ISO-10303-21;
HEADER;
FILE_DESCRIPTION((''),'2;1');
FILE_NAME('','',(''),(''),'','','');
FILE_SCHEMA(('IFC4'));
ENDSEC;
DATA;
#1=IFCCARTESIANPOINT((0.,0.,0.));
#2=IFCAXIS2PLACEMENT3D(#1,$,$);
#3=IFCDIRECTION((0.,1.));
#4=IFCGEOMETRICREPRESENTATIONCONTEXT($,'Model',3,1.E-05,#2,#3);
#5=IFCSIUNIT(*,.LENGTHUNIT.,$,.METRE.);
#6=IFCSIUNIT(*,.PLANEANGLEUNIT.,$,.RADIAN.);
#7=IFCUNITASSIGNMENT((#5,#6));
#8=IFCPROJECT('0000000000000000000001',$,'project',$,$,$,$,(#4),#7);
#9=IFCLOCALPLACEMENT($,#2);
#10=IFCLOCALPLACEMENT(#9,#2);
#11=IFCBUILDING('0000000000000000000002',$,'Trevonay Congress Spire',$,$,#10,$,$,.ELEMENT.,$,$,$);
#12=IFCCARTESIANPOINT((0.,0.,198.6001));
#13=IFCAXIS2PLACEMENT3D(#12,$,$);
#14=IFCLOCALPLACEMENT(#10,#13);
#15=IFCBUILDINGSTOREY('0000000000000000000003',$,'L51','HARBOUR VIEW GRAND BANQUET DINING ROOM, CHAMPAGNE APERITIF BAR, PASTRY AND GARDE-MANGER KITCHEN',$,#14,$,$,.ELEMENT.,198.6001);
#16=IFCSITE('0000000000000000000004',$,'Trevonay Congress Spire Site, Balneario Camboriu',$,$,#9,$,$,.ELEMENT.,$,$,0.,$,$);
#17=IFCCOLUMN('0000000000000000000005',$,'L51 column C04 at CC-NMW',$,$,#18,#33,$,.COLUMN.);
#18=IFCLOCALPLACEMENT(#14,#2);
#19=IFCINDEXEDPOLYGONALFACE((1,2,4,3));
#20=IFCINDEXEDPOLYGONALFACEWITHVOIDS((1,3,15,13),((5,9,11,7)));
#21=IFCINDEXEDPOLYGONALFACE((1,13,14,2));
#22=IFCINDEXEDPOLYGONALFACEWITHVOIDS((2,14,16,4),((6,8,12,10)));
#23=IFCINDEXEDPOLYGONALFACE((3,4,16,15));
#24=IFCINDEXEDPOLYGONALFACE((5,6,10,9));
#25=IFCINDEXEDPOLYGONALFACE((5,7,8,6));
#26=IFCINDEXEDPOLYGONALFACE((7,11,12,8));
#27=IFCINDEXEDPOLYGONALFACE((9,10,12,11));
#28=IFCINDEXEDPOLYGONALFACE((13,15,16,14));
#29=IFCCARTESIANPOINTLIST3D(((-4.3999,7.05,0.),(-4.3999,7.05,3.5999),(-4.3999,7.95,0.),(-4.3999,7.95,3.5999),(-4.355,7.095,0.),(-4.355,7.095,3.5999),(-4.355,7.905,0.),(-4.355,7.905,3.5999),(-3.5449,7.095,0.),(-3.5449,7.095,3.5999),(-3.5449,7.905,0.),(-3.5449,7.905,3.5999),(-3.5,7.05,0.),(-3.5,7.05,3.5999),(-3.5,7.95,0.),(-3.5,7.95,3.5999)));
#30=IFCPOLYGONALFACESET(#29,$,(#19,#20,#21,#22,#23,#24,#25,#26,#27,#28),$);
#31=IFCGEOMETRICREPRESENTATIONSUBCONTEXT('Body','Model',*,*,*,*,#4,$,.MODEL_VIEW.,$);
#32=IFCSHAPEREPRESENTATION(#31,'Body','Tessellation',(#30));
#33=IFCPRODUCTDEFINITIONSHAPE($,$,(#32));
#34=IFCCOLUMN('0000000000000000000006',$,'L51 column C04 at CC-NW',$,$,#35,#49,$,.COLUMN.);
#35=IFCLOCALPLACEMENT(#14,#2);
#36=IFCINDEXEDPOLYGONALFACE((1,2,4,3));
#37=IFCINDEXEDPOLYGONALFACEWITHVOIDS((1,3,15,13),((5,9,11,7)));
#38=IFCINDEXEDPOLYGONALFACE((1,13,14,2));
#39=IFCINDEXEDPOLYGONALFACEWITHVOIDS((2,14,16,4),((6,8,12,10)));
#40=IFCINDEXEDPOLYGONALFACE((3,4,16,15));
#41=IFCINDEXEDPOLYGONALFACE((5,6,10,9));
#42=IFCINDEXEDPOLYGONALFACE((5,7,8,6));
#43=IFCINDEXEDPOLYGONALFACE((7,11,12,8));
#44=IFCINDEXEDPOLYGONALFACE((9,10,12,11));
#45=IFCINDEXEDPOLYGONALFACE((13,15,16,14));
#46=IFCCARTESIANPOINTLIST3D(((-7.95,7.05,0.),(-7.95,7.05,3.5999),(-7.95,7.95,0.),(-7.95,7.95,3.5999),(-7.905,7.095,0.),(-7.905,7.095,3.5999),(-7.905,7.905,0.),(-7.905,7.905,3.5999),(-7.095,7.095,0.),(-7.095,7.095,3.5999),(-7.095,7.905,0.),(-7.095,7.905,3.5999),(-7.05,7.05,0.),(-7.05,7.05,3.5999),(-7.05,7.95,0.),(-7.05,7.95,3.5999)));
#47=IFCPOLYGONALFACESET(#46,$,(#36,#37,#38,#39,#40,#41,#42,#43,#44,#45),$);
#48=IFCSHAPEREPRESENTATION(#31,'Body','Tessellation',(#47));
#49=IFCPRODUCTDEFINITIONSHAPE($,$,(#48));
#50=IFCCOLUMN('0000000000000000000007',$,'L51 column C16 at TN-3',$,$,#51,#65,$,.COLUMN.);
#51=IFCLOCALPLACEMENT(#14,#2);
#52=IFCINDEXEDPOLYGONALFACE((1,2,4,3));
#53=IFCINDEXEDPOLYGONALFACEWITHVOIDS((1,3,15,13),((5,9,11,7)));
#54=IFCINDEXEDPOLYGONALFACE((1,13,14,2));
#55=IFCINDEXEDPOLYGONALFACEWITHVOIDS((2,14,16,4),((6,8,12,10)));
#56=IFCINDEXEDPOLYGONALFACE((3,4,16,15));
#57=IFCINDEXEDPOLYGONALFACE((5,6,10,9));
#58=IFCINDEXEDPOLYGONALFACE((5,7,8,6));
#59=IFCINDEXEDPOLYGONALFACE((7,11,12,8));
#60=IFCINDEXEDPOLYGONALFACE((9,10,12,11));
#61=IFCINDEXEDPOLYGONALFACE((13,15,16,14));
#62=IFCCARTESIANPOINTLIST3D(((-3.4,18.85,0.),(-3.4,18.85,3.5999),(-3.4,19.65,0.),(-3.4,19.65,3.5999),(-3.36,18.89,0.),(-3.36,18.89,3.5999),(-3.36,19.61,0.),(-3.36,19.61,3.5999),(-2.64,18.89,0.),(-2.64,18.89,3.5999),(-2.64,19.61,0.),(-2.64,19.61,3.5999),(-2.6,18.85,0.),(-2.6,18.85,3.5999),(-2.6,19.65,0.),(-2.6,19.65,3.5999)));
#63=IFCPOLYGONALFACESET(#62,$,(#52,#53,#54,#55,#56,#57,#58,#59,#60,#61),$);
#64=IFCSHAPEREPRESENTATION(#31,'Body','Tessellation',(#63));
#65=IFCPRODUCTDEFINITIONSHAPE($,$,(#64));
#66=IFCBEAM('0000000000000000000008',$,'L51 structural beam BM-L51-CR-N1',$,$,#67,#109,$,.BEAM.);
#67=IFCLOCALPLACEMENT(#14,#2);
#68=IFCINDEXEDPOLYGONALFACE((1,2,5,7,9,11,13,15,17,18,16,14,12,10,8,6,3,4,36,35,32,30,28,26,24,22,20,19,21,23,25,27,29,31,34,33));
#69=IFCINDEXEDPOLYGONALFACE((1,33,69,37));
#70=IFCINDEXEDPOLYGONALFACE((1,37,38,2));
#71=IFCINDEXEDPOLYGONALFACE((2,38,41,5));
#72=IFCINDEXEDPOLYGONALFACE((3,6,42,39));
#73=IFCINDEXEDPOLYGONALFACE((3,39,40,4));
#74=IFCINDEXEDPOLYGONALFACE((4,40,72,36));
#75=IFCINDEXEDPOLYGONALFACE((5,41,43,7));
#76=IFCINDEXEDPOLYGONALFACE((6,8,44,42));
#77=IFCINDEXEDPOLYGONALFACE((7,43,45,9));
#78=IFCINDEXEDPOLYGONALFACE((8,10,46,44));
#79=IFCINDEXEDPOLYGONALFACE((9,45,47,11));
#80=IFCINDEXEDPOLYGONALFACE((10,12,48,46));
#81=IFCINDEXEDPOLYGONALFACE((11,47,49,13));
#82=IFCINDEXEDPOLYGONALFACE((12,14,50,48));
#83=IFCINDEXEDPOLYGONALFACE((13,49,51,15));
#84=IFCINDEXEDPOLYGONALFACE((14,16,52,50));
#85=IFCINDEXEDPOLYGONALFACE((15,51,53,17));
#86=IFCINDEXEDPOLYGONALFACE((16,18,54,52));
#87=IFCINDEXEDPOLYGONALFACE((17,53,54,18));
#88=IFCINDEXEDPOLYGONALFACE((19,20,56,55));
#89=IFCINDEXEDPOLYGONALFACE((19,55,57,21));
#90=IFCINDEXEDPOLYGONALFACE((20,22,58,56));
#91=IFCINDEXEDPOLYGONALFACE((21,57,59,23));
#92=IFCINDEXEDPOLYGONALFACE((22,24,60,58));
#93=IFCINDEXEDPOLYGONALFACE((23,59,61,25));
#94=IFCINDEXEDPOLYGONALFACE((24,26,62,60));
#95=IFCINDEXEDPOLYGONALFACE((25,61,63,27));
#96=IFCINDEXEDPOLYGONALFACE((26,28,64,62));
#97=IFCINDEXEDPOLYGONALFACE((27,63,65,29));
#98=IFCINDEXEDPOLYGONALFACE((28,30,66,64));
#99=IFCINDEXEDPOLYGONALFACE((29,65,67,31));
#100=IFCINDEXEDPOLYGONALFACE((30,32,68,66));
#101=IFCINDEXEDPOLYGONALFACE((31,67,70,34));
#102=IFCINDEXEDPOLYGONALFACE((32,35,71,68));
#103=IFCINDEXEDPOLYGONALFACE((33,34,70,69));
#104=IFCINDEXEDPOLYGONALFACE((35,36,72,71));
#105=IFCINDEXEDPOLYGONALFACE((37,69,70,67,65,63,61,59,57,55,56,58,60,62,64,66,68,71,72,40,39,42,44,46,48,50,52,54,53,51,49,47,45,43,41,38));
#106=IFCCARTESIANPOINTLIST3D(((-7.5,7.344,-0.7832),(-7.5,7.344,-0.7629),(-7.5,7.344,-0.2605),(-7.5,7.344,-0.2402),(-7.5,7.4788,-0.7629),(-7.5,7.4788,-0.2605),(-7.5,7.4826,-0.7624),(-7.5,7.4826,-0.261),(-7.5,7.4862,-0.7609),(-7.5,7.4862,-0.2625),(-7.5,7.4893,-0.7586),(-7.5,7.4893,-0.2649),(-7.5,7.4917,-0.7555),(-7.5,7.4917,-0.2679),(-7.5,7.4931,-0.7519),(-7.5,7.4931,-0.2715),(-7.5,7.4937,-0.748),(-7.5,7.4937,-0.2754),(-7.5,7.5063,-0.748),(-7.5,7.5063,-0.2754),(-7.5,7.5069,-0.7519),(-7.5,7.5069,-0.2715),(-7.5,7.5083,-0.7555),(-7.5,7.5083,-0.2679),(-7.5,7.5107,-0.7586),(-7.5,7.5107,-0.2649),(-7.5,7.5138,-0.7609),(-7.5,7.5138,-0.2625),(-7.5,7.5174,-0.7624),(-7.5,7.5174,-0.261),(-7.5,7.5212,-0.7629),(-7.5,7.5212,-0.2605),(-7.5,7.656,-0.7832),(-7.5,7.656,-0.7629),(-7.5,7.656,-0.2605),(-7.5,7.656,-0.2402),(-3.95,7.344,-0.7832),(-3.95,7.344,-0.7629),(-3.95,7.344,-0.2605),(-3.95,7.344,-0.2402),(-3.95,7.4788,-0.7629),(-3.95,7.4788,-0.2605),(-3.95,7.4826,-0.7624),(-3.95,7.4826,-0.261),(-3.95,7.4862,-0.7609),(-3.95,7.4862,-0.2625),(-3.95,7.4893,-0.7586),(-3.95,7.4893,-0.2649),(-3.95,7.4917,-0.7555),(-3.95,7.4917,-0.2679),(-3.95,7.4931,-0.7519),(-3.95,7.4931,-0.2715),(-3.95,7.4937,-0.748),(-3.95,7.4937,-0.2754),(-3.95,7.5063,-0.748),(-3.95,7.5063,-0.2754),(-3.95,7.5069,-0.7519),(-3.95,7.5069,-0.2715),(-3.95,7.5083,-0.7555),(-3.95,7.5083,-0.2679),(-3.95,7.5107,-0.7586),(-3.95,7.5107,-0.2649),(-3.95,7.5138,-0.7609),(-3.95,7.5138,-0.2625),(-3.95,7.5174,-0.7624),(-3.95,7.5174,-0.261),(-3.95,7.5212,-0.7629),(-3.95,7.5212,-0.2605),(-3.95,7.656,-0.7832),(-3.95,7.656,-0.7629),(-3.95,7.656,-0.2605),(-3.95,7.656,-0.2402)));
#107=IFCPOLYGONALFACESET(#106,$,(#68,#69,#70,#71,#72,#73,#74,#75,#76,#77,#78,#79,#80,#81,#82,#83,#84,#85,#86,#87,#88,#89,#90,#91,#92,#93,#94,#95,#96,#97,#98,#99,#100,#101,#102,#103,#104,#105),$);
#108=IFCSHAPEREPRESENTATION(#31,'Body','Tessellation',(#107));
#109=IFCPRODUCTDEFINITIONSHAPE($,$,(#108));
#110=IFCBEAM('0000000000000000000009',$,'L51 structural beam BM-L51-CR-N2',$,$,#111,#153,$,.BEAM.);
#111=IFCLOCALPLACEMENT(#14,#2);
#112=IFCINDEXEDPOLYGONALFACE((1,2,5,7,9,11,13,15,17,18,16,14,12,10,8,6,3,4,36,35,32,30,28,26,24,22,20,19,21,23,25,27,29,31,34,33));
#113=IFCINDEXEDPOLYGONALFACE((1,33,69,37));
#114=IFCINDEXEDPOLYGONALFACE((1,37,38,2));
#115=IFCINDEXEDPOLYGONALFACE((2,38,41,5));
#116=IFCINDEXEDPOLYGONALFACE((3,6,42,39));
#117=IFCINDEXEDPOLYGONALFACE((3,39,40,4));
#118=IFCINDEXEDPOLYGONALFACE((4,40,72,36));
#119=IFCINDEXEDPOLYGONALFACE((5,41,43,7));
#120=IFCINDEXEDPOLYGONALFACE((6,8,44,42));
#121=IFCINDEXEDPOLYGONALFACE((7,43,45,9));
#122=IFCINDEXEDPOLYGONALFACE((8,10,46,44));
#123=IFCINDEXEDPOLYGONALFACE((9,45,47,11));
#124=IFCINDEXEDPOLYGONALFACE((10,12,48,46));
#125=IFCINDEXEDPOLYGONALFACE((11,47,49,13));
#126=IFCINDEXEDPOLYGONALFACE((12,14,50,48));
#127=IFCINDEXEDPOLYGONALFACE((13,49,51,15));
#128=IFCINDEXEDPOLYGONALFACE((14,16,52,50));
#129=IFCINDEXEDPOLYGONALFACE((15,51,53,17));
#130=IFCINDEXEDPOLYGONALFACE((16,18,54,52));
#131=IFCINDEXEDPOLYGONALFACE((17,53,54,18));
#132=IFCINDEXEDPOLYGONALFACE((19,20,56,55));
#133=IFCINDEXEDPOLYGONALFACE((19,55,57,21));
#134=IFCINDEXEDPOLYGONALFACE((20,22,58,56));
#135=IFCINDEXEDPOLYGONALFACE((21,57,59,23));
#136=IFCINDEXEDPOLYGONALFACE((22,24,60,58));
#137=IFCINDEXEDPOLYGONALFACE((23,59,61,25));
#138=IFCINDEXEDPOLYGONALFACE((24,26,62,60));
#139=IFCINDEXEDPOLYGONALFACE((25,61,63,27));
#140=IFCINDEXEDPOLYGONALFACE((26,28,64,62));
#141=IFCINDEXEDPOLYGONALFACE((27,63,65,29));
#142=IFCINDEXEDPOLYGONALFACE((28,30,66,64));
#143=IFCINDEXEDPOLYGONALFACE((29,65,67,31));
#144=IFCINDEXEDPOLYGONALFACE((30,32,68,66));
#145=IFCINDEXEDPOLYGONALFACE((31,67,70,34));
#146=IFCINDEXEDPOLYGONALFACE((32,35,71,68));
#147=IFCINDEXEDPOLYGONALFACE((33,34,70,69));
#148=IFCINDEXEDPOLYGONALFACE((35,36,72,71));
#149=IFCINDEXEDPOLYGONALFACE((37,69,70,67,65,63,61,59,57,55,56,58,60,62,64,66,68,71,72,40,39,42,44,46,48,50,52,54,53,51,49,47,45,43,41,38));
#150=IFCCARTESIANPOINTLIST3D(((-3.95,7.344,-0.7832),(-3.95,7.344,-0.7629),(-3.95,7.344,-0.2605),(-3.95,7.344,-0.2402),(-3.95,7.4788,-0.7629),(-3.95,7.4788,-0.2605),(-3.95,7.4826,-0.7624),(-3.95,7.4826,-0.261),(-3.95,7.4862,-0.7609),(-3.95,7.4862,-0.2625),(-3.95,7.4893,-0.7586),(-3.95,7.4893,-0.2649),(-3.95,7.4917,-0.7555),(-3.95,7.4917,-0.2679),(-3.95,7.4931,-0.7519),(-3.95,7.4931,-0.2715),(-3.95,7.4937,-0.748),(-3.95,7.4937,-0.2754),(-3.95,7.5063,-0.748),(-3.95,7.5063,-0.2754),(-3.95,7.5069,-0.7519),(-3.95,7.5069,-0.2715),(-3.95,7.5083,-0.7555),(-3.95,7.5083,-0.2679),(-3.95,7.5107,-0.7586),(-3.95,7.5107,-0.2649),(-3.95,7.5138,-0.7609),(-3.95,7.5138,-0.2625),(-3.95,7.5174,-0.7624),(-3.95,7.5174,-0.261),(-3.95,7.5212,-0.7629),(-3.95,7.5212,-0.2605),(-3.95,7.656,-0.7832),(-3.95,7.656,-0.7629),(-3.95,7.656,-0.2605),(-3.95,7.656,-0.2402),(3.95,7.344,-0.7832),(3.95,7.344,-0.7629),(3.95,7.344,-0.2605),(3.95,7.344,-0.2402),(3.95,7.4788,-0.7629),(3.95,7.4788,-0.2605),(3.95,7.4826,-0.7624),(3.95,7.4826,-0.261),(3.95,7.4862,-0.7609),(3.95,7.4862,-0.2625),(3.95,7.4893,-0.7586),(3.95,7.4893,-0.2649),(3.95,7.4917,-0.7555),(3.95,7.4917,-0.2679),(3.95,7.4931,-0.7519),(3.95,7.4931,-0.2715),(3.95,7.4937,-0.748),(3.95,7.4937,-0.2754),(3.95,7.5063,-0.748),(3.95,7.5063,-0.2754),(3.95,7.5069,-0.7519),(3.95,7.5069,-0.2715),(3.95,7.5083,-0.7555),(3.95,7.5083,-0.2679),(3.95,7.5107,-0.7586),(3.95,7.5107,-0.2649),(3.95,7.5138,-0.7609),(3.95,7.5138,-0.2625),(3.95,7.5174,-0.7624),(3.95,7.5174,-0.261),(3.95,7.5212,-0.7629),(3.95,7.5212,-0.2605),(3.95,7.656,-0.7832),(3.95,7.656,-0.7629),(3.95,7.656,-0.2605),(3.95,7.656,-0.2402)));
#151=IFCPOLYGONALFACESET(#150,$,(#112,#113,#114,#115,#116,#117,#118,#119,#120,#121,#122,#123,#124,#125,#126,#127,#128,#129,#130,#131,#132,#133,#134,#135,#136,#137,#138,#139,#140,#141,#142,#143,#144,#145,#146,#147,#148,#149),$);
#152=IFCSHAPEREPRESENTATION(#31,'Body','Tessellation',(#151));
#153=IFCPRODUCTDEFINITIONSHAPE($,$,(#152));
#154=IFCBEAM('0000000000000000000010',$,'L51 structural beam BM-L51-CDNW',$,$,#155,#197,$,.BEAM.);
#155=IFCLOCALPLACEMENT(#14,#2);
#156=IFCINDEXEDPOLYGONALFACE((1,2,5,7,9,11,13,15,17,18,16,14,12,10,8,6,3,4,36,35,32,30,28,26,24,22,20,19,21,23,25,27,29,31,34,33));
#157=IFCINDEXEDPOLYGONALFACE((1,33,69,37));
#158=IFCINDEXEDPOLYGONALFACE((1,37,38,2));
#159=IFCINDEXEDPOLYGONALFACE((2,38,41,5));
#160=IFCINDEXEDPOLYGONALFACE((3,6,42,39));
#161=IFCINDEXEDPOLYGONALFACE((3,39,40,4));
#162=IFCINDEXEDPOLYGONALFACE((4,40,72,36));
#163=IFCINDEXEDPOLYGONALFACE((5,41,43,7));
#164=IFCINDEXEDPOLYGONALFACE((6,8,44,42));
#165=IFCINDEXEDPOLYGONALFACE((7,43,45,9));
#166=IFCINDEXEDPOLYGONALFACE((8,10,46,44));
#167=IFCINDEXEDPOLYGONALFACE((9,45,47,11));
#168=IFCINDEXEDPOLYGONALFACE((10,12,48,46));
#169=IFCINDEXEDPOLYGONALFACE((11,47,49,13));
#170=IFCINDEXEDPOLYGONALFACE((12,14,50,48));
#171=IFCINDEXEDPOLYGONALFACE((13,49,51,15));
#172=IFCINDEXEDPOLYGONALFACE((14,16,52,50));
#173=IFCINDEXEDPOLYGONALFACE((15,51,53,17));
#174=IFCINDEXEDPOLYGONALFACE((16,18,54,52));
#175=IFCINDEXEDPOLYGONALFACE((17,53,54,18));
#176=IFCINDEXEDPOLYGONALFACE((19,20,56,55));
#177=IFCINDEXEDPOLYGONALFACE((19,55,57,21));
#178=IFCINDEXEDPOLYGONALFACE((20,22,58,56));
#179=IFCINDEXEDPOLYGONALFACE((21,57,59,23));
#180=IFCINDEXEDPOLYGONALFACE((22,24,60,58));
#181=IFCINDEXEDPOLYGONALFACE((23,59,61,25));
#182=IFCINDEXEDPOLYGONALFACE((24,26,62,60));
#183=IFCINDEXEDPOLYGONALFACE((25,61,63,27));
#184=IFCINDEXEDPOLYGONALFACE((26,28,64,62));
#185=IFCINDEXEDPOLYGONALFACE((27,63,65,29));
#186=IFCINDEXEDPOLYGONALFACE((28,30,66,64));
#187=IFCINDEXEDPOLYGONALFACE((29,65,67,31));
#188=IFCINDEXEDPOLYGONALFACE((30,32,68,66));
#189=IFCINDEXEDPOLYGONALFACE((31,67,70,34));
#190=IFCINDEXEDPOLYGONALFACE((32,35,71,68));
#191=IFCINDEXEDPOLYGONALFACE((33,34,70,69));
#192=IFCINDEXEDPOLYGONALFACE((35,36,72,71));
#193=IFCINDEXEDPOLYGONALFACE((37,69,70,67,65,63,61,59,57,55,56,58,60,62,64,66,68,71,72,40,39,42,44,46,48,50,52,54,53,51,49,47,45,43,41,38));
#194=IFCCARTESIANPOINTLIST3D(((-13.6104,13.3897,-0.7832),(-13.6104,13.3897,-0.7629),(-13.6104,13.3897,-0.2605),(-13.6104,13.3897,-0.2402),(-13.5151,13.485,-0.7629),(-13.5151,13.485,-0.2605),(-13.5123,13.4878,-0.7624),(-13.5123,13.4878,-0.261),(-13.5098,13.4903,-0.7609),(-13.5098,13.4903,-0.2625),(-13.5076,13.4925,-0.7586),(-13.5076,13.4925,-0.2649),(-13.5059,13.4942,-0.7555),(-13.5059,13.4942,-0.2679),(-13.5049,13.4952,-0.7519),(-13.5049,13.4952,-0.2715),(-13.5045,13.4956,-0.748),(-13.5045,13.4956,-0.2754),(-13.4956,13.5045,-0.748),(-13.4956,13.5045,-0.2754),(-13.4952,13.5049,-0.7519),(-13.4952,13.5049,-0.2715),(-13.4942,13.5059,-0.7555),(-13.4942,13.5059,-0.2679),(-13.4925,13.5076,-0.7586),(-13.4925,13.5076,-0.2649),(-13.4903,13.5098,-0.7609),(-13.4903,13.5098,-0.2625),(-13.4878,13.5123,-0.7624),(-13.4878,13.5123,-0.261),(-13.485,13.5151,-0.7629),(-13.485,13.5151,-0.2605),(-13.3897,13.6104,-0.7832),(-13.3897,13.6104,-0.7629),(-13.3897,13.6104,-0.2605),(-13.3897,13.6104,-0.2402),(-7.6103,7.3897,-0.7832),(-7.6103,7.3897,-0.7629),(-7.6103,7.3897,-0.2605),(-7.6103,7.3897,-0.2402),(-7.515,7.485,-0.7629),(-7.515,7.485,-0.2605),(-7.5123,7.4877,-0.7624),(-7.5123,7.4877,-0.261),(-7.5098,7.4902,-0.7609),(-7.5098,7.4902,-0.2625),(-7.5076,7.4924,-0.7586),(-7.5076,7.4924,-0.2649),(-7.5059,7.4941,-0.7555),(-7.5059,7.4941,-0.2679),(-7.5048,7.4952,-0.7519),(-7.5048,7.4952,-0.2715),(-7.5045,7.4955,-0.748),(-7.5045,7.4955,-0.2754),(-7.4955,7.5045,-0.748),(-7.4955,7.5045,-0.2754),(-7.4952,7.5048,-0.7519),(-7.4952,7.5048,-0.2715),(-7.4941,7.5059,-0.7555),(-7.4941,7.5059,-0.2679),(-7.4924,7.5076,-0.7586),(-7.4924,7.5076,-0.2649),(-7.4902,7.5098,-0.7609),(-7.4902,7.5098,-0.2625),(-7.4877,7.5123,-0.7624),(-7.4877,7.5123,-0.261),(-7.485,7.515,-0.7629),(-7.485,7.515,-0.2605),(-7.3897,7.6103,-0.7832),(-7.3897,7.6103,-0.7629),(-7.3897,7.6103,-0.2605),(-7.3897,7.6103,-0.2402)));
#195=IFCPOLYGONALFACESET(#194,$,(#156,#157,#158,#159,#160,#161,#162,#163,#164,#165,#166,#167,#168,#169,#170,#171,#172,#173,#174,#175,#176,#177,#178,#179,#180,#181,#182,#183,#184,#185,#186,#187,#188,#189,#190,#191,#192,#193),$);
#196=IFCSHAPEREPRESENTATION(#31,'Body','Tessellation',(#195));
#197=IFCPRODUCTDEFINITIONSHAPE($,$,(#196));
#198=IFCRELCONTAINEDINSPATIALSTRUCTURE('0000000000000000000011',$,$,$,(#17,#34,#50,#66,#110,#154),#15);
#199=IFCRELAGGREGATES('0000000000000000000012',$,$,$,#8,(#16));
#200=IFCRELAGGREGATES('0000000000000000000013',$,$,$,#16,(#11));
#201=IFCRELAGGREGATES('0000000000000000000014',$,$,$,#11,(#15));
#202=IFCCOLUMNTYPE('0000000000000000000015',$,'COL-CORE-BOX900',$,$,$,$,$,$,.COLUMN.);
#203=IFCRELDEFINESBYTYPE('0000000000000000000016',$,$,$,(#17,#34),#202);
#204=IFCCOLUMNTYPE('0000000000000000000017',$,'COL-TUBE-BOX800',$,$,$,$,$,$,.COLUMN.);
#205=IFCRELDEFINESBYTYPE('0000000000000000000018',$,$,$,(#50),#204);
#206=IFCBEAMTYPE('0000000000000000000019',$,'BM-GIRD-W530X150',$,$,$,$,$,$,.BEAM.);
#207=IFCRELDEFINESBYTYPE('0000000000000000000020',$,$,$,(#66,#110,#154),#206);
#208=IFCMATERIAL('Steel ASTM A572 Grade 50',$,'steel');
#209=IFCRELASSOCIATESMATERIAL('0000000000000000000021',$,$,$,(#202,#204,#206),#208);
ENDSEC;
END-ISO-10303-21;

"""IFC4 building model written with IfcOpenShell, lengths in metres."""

from ifc_helpers import new_model, si_unit, direction, frame, origin, origin_2d, place, context, subcontext, project, spatial, hollow_rectangle, i_section, extrude, material, material_profile, profile_set, type_object, element, save


model = new_model("IFC4")

# Units and contexts
model_context = context("Model", 3, precision=1e-05, world=origin(), true_north=direction((0.0, 1.0)))
body_context = subcontext(model_context, "Body", "Model", "MODEL_VIEW")
ifc_project = project(units=[si_unit("LENGTHUNIT", "METRE"), si_unit("PLANEANGLEUNIT", "RADIAN")], contexts=[model_context])

# Site, building, storey
site_placement = place(None, origin())
site = spatial("IfcSite", under=ifc_project, at=site_placement, Name="Trevonay Congress Spire Site, Balneario Camboriu", CompositionType="ELEMENT", RefElevation=0.0)
building_placement = place(site_placement, origin())
building = spatial("IfcBuilding", under=site, at=building_placement, Name="Trevonay Congress Spire", CompositionType="ELEMENT")
storey_placement = place(building_placement, frame((0.0, 0.0, 198.6001)))
storey = spatial("IfcBuildingStorey", under=building, at=storey_placement, Name="L51", Description="HARBOUR VIEW GRAND BANQUET DINING ROOM, CHAMPAGNE APERITIF BAR, PASTRY AND GARDE-MANGER KITCHEN", CompositionType="ELEMENT", Elevation=198.6001)

# Columns
ifc_material_1 = material(Name="Steel ASTM A572 Grade 50", Category="steel")
ifc_material_profile_1 = material_profile(ifc_material_1, hollow_rectangle(XDim=0.8999, YDim=0.8999, WallThickness=0.0449, at=origin_2d()), Name="BOX 900x900x45")
ifc_profile_set_1 = profile_set([ifc_material_profile_1], Name="Steel ASTM A572 Grade 50")
column_type_1 = type_object("IfcColumnType", Name="COL-CORE-BOX900", PredefinedType="COLUMN", material=ifc_profile_set_1)
for number, where, z_axis, x_axis, name in (
    (1, (-3.95, 7.5, 0.0), (0.0, 0.0, 1.0), (1.0, 0.0, 0.0), "L51 column C04 at CC-NMW"),
    (2, (-7.5, 7.5, 0.0), (0.0, 0.0, 1.0), (1.0, 0.0, 0.0), "L51 column C04 at CC-NW"),
):
    element("IfcColumn", number, at=place(storey_placement, frame(where, z_axis=z_axis, x_axis=x_axis)), inside=storey, type_object=column_type_1, Name=name, PredefinedType="COLUMN", context=body_context, shape_type="SweptSolid", body=[
        extrude(hollow_rectangle(XDim=0.8999, YDim=0.8999, WallThickness=0.0449, at=origin_2d()), origin(), (0.0, 0.0, 1.0), 3.5999),
    ])
ifc_material_profile_2 = material_profile(ifc_material_1, hollow_rectangle(XDim=0.8, YDim=0.8, WallThickness=0.04, at=origin_2d()), Name="BOX 800x800x40")
ifc_profile_set_2 = profile_set([ifc_material_profile_2], Name="Steel ASTM A572 Grade 50")
column_type_2 = type_object("IfcColumnType", Name="COL-TUBE-BOX800", PredefinedType="COLUMN", material=ifc_profile_set_2)
column_placement = place(storey_placement, frame((-3.0, 19.25, 0.0), z_axis=(0.0, 0.0, 1.0), x_axis=(1.0, 0.0, 0.0)))
element("IfcColumn", 3, at=column_placement, inside=storey, type_object=column_type_2, Name="L51 column C16 at TN-3", PredefinedType="COLUMN", context=body_context, shape_type="SweptSolid", body=[
    extrude(hollow_rectangle(XDim=0.8, YDim=0.8, WallThickness=0.04, at=origin_2d()), origin(), (0.0, 0.0, 1.0), 3.5999),
])

# Beams
ifc_material_profile_3 = material_profile(ifc_material_1, i_section(OverallWidth=0.312, OverallDepth=0.543, WebThickness=0.0127, FlangeThickness=0.0203, FilletRadius=0.0149, at=origin_2d()), Name="W530x150")
ifc_profile_set_3 = profile_set([ifc_material_profile_3], Name="Steel ASTM A572 Grade 50")
beam_type_1 = type_object("IfcBeamType", Name="BM-GIRD-W530X150", PredefinedType="BEAM", material=ifc_profile_set_3)
beam_1_placement = place(storey_placement, frame((-7.5, 7.5, -0.5117), z_axis=(1.0, 0.0, 0.0), x_axis=(0.0, 1.0, 0.0)))
element("IfcBeam", 4, at=beam_1_placement, inside=storey, type_object=beam_type_1, Name="L51 structural beam BM-L51-CR-N1", PredefinedType="BEAM", context=body_context, shape_type="SweptSolid", body=[
    extrude(i_section(OverallWidth=0.312, OverallDepth=0.543, WebThickness=0.0127, FlangeThickness=0.0203, FilletRadius=0.0149, at=origin_2d()), origin(), (0.0, 0.0, 1.0), 3.55),
])
beam_2_placement = place(storey_placement, frame((-3.95, 7.5, -0.5117), z_axis=(1.0, 0.0, 0.0), x_axis=(0.0, 1.0, 0.0)))
element("IfcBeam", 5, at=beam_2_placement, inside=storey, type_object=beam_type_1, Name="L51 structural beam BM-L51-CR-N2", PredefinedType="BEAM", context=body_context, shape_type="SweptSolid", body=[
    extrude(i_section(OverallWidth=0.312, OverallDepth=0.543, WebThickness=0.0127, FlangeThickness=0.0203, FilletRadius=0.0149, at=origin_2d()), origin(), (0.0, 0.0, 1.0), 7.8999),
])
beam_3_placement = place(storey_placement, frame((-7.5, 7.5, -0.5117), z_axis=(-0.707107, 0.707107, 0.0), x_axis=(-0.707107, -0.707107, 0.0)))
element("IfcBeam", 6, at=beam_3_placement, inside=storey, type_object=beam_type_1, Name="L51 structural beam BM-L51-CDNW", PredefinedType="BEAM", context=body_context, shape_type="SweptSolid", body=[
    extrude(i_section(OverallWidth=0.312, OverallDepth=0.543, WebThickness=0.0127, FlangeThickness=0.0203, FilletRadius=0.0149, at=origin_2d()), origin(), (0.0, 0.0, 1.0), 8.4854),
])

save(model, "model.ifc")
